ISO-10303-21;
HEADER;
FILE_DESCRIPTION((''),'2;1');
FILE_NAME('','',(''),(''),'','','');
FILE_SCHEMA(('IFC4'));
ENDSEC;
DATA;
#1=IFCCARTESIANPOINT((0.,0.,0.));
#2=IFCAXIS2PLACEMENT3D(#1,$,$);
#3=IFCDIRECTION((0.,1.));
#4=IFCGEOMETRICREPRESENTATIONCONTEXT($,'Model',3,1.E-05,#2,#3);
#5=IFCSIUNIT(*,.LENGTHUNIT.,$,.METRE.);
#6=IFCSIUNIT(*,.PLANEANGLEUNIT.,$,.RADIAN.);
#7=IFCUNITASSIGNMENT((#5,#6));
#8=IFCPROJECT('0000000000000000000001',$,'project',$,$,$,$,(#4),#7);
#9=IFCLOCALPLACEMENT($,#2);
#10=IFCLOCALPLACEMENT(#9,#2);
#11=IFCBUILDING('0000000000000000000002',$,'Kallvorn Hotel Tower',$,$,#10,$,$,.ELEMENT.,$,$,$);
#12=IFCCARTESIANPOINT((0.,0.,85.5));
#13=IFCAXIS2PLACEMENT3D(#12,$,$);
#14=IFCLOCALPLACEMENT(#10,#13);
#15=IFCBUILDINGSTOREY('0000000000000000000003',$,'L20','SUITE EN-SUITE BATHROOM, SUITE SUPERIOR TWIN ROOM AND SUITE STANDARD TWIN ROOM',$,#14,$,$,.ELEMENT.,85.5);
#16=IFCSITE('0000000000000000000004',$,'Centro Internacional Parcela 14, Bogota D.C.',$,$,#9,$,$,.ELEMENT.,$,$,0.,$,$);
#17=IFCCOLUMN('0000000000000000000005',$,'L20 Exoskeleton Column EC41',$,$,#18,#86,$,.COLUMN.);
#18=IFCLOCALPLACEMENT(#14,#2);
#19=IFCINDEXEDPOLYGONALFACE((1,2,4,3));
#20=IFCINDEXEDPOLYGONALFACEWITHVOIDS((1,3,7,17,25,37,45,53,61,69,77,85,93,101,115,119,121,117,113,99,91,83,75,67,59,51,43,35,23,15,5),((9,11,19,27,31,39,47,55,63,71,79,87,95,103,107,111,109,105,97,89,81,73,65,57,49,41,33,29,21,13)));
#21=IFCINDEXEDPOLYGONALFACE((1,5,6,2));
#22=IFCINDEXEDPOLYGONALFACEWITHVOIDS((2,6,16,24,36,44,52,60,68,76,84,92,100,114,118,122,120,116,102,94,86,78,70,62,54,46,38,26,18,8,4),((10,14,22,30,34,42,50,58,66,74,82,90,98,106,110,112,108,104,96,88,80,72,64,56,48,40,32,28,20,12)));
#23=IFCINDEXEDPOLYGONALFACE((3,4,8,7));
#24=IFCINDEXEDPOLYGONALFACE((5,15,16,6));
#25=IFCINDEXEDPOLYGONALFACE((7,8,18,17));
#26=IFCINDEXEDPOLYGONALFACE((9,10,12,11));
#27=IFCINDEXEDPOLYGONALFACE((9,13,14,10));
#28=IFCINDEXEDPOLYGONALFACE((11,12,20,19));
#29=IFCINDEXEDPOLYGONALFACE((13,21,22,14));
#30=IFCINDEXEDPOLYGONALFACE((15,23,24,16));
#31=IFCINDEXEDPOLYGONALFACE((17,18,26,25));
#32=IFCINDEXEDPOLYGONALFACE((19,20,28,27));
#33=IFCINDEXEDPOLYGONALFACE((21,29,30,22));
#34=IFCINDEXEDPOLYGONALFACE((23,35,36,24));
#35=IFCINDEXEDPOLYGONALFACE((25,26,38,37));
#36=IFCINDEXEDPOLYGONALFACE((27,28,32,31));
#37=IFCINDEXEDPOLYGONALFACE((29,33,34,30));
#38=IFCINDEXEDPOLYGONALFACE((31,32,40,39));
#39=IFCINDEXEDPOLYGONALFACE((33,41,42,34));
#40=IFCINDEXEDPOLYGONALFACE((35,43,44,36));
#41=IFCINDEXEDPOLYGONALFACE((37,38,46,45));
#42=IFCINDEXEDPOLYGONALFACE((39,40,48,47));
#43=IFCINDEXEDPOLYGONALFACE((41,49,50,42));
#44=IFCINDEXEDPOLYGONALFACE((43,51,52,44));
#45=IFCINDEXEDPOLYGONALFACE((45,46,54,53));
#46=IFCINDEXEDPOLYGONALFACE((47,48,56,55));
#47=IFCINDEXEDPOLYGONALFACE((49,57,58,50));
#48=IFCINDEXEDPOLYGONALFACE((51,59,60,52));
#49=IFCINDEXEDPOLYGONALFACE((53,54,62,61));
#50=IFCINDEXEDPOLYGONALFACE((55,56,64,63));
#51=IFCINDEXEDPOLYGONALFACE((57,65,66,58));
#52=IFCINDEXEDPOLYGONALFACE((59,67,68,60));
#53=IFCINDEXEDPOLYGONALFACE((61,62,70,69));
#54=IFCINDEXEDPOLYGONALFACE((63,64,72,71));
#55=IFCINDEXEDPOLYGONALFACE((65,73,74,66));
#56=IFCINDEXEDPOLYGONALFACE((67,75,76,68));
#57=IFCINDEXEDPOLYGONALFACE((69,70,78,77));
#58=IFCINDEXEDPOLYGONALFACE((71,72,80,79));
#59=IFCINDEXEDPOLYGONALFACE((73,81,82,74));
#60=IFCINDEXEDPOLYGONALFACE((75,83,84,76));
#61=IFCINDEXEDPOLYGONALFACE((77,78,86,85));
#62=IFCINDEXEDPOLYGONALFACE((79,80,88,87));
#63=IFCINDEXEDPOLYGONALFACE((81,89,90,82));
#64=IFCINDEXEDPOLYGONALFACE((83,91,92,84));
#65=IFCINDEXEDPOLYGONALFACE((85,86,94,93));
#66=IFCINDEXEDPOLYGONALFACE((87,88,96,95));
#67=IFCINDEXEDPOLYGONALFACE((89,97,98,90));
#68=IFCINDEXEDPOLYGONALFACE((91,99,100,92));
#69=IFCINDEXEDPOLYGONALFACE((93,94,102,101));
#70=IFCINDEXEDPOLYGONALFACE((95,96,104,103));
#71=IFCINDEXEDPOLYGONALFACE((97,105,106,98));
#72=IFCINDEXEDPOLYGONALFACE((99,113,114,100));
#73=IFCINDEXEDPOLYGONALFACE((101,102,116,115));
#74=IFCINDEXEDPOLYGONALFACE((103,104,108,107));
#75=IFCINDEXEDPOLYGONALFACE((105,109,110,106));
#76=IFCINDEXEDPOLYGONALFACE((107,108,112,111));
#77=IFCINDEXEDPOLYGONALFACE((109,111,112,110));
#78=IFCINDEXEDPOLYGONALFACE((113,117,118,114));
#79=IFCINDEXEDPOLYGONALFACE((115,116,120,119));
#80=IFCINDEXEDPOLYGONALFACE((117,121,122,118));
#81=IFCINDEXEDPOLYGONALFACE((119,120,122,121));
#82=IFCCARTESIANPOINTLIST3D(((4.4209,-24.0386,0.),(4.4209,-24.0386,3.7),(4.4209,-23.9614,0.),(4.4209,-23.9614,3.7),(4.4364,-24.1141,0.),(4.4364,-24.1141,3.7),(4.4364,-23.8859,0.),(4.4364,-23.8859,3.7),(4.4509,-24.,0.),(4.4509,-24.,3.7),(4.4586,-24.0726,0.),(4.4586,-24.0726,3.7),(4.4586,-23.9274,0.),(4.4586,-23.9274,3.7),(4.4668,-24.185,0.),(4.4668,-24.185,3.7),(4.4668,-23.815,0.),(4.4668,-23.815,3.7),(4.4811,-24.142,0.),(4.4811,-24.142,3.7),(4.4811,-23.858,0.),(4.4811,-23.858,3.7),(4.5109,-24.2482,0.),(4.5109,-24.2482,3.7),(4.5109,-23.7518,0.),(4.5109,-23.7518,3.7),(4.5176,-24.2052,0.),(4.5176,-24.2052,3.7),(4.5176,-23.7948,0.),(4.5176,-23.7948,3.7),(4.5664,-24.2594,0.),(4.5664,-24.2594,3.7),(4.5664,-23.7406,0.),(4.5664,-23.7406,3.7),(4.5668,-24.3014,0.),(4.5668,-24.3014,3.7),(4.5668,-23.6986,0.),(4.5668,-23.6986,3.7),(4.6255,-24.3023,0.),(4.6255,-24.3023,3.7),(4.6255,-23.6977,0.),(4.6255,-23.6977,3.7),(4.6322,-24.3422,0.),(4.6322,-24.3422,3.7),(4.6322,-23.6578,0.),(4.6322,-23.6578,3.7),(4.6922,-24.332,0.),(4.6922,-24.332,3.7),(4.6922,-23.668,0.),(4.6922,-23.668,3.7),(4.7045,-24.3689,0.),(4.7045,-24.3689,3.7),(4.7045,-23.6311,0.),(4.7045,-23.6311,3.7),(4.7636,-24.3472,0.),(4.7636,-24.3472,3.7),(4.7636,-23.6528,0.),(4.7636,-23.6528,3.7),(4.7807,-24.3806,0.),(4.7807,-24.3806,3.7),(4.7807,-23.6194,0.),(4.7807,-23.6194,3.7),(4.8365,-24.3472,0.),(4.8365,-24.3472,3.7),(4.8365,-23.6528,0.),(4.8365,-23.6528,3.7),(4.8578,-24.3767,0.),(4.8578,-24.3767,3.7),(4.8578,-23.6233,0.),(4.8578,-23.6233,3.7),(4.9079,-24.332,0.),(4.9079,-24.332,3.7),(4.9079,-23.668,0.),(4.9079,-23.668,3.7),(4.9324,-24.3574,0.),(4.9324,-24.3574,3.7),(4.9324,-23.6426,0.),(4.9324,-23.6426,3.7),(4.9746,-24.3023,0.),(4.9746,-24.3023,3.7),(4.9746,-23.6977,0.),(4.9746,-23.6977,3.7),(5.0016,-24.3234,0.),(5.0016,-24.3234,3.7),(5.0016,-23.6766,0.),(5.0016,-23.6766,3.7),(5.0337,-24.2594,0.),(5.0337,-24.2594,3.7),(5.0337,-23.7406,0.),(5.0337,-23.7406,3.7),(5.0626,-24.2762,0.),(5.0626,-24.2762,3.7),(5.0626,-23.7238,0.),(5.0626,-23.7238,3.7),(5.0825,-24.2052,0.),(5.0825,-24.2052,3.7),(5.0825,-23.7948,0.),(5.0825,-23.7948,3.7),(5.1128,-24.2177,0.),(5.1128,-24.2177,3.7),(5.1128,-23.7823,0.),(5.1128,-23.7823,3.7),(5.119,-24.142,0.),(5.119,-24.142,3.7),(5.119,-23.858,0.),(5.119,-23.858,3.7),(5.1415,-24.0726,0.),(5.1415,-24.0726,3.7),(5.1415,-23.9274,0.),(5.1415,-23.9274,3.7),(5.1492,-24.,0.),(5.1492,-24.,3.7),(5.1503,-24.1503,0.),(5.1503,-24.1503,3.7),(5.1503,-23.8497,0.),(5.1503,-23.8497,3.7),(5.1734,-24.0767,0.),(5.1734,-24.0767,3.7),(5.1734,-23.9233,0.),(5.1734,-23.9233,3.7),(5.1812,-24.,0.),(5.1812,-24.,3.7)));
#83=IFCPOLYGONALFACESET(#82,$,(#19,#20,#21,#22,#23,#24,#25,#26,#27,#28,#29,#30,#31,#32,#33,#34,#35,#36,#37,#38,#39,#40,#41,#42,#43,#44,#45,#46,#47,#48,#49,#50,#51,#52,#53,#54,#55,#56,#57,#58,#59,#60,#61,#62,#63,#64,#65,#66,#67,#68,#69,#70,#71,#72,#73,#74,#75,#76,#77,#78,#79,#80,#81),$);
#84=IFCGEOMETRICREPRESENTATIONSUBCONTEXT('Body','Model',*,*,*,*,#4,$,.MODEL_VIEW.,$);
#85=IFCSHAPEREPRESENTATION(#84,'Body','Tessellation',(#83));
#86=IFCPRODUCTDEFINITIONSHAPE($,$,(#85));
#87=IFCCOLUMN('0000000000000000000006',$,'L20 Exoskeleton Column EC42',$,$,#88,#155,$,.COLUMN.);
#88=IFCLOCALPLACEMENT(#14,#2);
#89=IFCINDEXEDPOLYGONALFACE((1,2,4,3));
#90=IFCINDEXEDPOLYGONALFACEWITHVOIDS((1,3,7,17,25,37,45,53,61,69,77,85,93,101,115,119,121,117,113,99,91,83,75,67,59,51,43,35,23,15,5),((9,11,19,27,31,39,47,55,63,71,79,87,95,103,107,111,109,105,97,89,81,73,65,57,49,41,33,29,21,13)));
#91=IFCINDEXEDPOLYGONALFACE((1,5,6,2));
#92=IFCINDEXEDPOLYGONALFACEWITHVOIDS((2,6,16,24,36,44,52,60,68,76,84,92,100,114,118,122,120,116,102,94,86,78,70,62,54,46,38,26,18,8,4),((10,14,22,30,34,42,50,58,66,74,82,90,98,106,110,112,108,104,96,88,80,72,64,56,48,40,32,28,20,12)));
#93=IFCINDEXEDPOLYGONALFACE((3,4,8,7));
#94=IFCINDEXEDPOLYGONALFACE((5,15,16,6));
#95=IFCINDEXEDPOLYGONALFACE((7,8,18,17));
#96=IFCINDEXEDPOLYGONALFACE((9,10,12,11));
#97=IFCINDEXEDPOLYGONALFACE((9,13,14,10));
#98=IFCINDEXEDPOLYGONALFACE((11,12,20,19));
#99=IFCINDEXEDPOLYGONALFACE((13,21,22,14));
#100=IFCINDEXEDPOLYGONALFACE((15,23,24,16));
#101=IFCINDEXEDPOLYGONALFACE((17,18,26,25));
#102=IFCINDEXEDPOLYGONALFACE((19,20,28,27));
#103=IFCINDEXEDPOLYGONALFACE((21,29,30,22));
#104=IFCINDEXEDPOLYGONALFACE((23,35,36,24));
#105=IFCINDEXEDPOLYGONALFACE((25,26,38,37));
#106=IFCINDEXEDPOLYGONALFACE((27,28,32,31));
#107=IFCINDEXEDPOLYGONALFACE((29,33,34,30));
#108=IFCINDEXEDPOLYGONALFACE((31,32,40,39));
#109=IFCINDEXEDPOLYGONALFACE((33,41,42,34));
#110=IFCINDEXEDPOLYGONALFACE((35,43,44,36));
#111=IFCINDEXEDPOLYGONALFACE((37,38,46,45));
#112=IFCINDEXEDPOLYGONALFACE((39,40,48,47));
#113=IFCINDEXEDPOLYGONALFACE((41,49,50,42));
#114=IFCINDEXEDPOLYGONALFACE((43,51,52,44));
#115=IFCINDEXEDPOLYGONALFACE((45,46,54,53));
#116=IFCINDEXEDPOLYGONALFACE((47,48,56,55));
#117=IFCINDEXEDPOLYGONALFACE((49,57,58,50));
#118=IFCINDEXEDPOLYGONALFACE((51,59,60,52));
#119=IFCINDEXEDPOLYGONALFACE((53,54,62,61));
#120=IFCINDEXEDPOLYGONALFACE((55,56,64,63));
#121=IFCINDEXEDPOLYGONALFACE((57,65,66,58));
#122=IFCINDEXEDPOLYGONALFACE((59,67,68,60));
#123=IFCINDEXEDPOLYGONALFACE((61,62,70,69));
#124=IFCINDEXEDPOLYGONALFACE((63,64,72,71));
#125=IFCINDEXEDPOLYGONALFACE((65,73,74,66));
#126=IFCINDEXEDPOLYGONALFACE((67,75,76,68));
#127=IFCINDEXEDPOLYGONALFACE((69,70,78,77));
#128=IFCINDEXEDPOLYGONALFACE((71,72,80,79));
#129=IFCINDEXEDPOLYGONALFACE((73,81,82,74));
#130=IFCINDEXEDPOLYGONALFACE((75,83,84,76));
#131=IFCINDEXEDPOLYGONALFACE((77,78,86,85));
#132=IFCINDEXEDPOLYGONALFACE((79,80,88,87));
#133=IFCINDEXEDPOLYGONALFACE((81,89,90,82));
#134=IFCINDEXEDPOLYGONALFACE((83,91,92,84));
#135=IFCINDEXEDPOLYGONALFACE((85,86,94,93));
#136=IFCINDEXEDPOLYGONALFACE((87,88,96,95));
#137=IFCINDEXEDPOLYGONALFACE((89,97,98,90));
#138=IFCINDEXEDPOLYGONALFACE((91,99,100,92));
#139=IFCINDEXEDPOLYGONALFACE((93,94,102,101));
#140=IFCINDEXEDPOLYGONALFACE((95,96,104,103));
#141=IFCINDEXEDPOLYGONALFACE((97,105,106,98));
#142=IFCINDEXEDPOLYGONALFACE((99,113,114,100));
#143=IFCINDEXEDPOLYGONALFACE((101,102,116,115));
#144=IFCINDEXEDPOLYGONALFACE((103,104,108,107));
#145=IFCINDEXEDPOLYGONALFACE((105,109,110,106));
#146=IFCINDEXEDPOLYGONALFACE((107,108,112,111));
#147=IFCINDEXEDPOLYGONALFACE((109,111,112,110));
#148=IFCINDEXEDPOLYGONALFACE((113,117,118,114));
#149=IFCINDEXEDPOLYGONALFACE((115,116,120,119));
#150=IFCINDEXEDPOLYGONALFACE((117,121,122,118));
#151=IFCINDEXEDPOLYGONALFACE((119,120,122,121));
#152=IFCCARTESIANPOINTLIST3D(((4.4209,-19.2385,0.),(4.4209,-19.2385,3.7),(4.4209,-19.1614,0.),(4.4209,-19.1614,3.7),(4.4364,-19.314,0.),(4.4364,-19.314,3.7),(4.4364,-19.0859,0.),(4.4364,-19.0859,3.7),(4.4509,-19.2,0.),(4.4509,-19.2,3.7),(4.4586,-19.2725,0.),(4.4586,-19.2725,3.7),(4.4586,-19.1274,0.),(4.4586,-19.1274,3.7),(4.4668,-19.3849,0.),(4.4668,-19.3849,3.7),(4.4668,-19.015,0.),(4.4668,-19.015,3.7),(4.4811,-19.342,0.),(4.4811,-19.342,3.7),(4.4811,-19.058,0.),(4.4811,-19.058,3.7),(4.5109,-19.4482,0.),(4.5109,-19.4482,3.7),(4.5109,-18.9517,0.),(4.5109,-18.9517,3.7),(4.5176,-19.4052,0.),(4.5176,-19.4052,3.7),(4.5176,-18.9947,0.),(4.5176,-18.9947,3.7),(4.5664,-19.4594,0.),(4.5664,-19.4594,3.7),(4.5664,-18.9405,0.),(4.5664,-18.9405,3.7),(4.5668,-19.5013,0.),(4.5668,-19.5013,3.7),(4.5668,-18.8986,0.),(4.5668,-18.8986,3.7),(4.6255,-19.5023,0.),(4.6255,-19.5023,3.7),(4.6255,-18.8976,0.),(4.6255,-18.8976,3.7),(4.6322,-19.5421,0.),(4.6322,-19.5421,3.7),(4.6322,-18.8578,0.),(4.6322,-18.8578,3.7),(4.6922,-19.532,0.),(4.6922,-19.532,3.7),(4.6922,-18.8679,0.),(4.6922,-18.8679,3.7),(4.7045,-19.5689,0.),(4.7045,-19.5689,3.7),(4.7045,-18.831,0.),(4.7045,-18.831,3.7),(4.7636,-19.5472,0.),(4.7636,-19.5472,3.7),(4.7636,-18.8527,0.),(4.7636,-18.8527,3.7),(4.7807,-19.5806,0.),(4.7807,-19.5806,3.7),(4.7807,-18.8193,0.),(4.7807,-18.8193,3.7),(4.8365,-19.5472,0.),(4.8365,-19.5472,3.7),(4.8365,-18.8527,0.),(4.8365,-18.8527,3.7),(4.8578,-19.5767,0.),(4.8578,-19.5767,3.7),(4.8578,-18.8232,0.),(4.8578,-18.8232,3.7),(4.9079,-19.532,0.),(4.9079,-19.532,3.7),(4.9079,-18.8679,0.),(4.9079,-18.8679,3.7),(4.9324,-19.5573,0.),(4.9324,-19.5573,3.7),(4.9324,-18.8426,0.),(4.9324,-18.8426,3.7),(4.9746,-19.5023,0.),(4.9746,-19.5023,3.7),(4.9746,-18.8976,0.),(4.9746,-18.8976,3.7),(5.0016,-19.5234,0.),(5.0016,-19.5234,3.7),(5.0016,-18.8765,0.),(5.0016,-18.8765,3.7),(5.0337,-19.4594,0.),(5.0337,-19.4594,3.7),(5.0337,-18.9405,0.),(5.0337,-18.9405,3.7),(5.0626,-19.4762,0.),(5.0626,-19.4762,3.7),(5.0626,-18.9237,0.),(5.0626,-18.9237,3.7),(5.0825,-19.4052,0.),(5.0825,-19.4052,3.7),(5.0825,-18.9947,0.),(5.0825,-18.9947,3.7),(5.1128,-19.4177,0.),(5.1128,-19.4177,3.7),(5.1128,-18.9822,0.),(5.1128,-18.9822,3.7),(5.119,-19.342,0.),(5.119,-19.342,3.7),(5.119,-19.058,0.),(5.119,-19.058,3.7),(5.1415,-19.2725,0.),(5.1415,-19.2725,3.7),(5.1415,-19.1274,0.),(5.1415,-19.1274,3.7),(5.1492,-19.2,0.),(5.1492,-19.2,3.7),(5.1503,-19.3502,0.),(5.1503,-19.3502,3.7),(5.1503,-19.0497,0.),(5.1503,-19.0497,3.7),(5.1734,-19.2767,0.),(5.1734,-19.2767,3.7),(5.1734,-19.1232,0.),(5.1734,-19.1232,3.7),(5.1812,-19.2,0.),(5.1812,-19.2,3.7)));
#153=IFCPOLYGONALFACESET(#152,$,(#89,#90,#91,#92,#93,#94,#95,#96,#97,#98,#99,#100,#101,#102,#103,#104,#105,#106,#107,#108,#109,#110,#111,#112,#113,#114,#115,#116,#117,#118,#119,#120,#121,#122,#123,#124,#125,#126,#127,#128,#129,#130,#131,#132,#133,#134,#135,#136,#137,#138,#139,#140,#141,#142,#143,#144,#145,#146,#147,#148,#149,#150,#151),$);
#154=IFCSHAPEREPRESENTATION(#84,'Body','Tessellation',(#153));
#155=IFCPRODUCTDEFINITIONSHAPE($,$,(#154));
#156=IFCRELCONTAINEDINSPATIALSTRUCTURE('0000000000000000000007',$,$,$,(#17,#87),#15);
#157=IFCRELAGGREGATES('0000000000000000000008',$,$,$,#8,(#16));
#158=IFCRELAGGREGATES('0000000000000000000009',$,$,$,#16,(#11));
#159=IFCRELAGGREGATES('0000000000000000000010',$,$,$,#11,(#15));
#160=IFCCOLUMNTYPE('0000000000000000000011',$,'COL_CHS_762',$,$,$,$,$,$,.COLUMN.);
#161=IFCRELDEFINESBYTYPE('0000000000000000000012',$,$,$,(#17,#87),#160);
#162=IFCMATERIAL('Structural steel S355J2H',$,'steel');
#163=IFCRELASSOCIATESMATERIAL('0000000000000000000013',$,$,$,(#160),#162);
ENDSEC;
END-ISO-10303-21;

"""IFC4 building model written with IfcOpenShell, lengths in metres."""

from ifc_helpers import new_model, si_unit, direction, frame, origin, origin_2d, place, context, subcontext, project, spatial, hollow_circle, extrude, material, material_profile, profile_set, type_object, element, save


model = new_model("IFC4")

# Units and contexts
model_context = context("Model", 3, precision=1e-05, world=origin(), true_north=direction((0.0, 1.0)))
body_context = subcontext(model_context, "Body", "Model", "MODEL_VIEW")
ifc_project = project(units=[si_unit("LENGTHUNIT", "METRE"), si_unit("PLANEANGLEUNIT", "RADIAN")], contexts=[model_context])

# Site, building, storey
site_placement = place(None, origin())
site = spatial("IfcSite", under=ifc_project, at=site_placement, Name="Centro Internacional Parcela 14, Bogota D.C.", CompositionType="ELEMENT", RefElevation=0.0)
building_placement = place(site_placement, origin())
building = spatial("IfcBuilding", under=site, at=building_placement, Name="Kallvorn Hotel Tower", CompositionType="ELEMENT")
storey_placement = place(building_placement, frame((0.0, 0.0, 85.5)))
storey = spatial("IfcBuildingStorey", under=building, at=storey_placement, Name="L20", Description="SUITE EN-SUITE BATHROOM, SUITE SUPERIOR TWIN ROOM AND SUITE STANDARD TWIN ROOM", CompositionType="ELEMENT", Elevation=85.5)

# Columns
ifc_material_1 = material(Name="Structural steel S355J2H", Category="steel")
ifc_material_profile_1 = material_profile(ifc_material_1, hollow_circle(Radius=0.3811, WallThickness=0.032, at=origin_2d()), Name="CHS 762x32")
ifc_profile_set_1 = profile_set([ifc_material_profile_1], Name="Structural steel S355J2H")
column_type = type_object("IfcColumnType", Name="COL_CHS_762", PredefinedType="COLUMN", material=ifc_profile_set_1)
for number, where, z_axis, x_axis, name in (
    (1, (4.8, -24.0, 0.0), (0.0, 0.0, 1.0), (1.0, 0.0, 0.0), "L20 Exoskeleton Column EC41"),
    (2, (4.8, -19.2, 0.0), (0.0, 0.0, 1.0), (1.0, 0.0, 0.0), "L20 Exoskeleton Column EC42"),
):
    element("IfcColumn", number, at=place(storey_placement, frame(where, z_axis=z_axis, x_axis=x_axis)), inside=storey, type_object=column_type, Name=name, PredefinedType="COLUMN", context=body_context, shape_type="SweptSolid", body=[
        extrude(hollow_circle(Radius=0.3811, WallThickness=0.032, at=origin_2d()), origin(), (0.0, 0.0, 1.0), 3.7),
    ])

save(model, "model.ifc")
